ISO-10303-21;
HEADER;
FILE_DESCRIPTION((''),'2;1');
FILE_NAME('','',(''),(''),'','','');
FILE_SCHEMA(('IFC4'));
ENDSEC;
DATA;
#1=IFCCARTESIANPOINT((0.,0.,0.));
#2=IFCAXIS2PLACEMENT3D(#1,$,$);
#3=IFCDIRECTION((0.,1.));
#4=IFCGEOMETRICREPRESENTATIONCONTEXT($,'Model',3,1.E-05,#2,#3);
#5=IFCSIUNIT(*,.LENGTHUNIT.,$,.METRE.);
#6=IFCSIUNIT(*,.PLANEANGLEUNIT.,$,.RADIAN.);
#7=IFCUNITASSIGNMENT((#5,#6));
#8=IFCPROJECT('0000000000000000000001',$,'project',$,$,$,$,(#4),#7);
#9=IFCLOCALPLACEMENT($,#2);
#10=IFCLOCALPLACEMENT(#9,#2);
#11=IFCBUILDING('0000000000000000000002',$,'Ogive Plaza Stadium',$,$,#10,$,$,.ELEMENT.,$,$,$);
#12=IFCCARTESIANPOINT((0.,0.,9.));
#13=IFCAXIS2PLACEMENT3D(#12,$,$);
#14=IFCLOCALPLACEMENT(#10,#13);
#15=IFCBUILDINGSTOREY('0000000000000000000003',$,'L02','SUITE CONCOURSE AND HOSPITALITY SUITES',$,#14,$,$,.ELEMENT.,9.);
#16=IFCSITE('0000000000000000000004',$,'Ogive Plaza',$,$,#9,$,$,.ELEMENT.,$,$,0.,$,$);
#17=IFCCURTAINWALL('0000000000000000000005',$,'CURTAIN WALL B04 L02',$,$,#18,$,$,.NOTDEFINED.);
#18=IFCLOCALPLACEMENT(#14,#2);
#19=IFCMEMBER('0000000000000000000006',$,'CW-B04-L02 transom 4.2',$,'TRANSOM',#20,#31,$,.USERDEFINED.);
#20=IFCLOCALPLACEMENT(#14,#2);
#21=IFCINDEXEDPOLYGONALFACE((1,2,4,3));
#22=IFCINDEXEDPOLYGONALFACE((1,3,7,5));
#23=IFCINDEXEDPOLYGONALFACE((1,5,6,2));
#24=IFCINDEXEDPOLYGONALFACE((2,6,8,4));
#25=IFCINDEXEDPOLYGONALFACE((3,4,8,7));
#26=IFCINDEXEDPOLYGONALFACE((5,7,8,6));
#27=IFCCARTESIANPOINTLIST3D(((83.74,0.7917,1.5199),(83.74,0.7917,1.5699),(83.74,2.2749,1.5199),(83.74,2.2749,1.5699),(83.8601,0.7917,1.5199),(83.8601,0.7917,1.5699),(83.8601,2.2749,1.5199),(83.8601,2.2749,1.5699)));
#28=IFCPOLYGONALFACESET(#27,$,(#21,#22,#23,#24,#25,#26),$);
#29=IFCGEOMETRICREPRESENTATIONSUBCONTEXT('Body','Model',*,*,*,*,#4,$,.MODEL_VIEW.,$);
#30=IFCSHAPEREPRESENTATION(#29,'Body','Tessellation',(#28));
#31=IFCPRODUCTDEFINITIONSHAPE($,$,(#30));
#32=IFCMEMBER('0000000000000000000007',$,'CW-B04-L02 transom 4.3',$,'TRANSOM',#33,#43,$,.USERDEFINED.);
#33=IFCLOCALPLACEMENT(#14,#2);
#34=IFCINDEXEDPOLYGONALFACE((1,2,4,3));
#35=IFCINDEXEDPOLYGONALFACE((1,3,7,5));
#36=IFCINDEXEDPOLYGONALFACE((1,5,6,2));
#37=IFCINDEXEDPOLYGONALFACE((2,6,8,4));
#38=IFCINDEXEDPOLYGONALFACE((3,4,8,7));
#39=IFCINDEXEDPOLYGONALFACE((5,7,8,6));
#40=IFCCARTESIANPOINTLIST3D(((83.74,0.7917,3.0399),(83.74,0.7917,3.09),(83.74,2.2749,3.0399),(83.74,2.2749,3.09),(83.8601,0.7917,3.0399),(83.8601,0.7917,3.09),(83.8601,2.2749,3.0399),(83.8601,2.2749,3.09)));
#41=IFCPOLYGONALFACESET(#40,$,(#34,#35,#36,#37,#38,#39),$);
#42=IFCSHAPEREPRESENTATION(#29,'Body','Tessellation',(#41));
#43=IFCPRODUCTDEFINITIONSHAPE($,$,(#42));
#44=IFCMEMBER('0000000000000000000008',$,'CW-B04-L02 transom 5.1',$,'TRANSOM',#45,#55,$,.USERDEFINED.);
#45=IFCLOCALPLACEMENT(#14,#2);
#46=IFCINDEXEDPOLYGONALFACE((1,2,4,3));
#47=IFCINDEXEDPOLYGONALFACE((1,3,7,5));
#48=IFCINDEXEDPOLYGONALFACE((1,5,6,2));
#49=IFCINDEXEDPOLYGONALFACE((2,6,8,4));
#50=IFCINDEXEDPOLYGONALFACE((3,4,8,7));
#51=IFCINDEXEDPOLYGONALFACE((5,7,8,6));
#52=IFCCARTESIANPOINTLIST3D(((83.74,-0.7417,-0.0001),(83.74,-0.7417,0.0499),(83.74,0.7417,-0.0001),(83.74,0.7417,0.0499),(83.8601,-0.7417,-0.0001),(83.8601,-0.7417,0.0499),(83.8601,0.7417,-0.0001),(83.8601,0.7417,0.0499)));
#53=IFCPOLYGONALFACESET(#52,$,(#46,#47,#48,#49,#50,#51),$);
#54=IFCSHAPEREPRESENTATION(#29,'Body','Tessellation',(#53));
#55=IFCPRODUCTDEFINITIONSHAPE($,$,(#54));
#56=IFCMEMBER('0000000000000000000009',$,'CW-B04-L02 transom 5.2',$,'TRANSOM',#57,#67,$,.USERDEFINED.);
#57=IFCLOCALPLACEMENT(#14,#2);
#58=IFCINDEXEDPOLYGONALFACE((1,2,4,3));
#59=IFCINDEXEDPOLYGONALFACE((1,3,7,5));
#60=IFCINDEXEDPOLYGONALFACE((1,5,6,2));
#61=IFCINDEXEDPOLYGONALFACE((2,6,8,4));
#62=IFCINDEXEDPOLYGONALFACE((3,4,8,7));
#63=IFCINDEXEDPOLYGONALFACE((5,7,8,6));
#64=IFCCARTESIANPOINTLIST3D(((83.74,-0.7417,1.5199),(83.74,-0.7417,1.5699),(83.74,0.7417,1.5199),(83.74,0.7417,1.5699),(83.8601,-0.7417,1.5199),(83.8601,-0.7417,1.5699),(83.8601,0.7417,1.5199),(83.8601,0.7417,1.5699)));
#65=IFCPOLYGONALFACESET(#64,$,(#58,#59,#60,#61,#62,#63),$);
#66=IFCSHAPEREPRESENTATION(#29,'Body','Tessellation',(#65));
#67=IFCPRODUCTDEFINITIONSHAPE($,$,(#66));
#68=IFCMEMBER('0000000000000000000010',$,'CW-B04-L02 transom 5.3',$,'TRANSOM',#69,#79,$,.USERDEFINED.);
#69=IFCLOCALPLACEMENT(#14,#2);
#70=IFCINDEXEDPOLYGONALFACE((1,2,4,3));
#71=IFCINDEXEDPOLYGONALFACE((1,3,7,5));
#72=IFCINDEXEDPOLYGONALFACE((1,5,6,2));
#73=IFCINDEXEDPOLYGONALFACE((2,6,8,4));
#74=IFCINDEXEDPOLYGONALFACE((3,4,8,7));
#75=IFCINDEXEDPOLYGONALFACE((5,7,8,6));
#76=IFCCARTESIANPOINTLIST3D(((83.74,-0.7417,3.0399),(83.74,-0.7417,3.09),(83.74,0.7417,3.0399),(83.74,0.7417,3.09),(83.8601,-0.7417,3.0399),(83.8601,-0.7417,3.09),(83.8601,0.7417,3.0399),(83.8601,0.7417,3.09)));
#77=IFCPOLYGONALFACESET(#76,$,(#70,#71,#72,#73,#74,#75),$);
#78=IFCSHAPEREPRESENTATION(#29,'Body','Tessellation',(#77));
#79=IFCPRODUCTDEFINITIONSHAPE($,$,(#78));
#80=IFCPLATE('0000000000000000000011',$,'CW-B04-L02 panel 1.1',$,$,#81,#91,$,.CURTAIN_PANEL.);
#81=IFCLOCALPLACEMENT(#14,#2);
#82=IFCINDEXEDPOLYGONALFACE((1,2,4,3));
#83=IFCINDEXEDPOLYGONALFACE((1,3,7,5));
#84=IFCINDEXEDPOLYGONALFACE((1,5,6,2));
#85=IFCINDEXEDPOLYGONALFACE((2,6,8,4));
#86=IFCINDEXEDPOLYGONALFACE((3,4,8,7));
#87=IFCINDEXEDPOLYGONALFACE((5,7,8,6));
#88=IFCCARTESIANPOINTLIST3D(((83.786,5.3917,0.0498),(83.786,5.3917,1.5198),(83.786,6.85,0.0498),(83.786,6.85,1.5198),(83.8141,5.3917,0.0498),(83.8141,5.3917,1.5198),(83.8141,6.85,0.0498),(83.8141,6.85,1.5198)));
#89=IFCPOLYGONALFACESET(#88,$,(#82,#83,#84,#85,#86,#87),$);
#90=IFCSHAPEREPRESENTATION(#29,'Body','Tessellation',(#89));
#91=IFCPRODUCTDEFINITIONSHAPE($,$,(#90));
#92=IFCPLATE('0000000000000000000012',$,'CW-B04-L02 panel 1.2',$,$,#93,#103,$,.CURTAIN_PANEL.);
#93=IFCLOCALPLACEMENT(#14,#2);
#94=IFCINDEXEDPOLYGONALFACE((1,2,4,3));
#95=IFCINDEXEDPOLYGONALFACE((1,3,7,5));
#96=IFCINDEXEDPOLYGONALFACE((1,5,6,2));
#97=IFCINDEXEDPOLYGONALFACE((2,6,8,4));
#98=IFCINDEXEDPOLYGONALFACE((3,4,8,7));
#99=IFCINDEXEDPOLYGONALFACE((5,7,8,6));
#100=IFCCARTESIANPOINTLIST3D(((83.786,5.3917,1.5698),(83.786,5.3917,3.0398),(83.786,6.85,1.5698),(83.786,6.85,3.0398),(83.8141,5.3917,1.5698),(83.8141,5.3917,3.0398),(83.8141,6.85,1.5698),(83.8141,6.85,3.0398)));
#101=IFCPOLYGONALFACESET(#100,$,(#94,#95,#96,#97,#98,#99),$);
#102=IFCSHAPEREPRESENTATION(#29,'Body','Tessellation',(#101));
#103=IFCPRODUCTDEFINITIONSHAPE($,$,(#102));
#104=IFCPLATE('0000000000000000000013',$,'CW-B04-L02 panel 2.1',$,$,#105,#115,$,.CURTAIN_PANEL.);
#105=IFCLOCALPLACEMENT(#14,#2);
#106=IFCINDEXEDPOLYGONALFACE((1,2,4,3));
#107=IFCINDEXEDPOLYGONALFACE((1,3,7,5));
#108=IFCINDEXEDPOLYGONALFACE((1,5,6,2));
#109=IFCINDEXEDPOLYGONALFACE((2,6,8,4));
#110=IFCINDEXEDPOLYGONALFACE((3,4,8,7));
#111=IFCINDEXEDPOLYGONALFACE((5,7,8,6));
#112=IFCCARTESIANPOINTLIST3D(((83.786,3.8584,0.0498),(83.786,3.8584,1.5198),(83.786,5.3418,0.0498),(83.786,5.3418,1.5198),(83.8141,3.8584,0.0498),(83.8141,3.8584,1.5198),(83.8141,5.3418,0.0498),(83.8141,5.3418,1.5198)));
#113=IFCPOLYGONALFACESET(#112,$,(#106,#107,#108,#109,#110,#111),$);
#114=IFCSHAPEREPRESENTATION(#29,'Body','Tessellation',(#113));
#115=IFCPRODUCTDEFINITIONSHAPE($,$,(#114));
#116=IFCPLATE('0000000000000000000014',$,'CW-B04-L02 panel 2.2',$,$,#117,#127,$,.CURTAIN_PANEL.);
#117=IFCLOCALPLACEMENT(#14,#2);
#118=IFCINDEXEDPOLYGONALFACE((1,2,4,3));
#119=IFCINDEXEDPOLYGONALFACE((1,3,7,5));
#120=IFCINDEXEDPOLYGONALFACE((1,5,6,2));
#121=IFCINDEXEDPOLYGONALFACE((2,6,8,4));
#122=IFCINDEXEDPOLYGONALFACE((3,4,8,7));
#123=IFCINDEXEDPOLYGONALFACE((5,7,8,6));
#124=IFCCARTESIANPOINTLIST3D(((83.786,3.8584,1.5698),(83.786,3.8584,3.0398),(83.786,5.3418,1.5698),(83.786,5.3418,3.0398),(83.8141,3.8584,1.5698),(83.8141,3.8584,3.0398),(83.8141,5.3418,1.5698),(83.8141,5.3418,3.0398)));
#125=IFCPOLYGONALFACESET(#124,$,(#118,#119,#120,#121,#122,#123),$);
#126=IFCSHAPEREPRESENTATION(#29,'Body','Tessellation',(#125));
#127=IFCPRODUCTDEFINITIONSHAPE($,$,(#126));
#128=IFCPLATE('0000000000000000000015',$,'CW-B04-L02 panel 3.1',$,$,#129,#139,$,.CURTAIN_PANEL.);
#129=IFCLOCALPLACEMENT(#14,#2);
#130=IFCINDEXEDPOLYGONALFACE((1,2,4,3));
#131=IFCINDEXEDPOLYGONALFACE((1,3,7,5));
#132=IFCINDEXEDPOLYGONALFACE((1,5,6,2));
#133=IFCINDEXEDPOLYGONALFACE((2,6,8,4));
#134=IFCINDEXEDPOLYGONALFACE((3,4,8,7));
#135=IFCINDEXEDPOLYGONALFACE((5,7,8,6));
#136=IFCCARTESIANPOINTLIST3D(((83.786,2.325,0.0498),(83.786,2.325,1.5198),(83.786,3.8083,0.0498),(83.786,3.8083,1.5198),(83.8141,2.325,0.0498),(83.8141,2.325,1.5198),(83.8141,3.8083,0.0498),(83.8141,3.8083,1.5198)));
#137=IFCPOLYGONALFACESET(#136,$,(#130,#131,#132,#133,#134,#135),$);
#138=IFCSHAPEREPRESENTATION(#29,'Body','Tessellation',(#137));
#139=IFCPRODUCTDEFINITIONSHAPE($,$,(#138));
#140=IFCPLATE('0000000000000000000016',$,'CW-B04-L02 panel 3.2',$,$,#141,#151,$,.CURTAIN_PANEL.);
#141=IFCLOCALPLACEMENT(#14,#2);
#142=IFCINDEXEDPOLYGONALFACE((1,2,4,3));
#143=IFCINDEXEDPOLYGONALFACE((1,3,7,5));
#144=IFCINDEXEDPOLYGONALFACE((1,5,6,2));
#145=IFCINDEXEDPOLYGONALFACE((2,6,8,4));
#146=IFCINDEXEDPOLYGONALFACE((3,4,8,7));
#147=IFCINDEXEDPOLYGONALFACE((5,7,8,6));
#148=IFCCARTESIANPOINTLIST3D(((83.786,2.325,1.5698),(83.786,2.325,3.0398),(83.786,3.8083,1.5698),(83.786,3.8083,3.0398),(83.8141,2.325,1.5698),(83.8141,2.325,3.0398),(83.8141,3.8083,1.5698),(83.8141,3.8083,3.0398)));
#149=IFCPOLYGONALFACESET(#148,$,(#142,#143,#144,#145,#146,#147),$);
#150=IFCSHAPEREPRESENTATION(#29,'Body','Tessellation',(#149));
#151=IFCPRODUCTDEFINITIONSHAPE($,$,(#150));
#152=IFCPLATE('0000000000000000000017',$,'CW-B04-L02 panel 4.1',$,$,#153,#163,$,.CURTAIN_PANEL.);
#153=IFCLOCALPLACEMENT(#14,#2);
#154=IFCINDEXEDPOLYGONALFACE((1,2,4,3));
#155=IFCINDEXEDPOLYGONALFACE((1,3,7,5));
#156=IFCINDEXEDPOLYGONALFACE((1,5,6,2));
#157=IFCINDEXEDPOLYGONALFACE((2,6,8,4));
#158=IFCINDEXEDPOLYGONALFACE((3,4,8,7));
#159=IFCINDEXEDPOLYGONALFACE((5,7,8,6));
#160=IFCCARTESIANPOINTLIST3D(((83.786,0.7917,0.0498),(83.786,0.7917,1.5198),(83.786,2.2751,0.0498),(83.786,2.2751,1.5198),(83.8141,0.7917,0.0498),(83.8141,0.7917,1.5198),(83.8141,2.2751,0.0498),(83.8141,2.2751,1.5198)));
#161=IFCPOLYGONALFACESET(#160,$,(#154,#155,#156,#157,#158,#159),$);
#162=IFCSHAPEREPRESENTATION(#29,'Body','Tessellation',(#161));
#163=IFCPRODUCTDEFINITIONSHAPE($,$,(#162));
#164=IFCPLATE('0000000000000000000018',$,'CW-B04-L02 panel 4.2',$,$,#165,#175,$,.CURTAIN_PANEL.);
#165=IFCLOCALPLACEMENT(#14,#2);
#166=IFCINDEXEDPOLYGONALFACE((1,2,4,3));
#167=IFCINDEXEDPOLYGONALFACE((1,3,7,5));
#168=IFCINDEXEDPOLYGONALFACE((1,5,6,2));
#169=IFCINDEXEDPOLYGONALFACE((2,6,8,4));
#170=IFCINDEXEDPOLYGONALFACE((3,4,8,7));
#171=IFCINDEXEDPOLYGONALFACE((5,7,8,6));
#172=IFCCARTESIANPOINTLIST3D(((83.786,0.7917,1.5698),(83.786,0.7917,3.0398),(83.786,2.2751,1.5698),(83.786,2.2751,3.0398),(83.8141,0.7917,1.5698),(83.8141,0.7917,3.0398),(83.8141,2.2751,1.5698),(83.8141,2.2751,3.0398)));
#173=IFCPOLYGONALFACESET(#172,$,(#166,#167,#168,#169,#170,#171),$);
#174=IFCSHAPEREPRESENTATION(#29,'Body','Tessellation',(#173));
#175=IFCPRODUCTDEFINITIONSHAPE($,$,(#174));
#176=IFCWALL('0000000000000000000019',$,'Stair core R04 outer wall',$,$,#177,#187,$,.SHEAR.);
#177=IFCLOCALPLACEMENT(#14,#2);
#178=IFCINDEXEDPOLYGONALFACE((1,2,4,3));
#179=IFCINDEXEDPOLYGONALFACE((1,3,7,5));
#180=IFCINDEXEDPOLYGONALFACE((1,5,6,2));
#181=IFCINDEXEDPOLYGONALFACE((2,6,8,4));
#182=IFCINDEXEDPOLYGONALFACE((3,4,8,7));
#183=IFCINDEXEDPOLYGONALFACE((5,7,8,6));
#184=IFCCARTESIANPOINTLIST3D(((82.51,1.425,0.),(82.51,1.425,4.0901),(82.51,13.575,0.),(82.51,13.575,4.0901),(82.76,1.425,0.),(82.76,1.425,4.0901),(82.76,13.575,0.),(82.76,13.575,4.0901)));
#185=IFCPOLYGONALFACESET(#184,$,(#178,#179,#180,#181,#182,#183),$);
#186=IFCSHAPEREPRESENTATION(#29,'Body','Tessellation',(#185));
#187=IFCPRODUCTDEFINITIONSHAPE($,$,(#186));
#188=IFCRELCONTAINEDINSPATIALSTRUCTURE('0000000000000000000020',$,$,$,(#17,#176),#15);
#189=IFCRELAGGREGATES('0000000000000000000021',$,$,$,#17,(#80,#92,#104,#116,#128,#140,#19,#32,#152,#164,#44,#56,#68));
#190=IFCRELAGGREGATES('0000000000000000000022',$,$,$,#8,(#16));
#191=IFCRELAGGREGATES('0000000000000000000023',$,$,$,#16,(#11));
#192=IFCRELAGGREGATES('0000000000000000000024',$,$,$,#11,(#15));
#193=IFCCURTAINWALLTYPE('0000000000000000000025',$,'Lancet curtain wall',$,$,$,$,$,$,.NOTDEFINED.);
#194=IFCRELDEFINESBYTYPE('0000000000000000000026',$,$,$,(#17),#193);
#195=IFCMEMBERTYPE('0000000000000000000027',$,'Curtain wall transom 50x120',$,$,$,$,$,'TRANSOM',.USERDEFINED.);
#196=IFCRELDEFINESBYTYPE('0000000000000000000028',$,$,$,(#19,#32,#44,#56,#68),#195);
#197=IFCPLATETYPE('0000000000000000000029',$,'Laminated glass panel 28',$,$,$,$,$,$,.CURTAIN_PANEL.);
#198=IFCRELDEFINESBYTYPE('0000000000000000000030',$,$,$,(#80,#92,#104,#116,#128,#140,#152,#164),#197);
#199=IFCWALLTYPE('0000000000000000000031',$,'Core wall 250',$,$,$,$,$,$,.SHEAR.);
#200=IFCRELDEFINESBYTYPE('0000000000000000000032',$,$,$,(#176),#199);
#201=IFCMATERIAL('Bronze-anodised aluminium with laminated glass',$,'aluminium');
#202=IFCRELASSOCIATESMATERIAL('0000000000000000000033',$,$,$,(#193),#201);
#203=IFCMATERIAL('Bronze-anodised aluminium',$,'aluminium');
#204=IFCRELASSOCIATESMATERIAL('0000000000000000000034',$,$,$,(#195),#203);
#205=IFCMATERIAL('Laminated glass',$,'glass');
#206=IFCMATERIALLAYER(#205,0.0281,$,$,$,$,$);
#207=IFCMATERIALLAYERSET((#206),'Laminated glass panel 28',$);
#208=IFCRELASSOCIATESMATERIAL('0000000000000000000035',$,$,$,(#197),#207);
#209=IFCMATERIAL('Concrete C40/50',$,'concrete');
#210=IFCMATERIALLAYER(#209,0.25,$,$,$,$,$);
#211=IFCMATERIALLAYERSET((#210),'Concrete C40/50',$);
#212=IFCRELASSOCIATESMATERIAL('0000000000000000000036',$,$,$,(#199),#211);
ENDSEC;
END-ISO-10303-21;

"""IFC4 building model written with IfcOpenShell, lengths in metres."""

from ifc_helpers import new_model, si_unit, direction, frame, frame_2d, origin, origin_2d, place, context, subcontext, project, spatial, rectangle, extrude, material, layer, layer_set, material_profile, profile_set, type_object, element, aggregate, save


model = new_model("IFC4")

# Units and contexts
model_context = context("Model", 3, precision=1e-05, world=origin(), true_north=direction((0.0, 1.0)))
body_context = subcontext(model_context, "Body", "Model", "MODEL_VIEW")
ifc_project = project(units=[si_unit("LENGTHUNIT", "METRE"), si_unit("PLANEANGLEUNIT", "RADIAN")], contexts=[model_context])

# Site, building, storey
site_placement = place(None, origin())
site = spatial("IfcSite", under=ifc_project, at=site_placement, Name="Ogive Plaza", CompositionType="ELEMENT", RefElevation=0.0)
building_placement = place(site_placement, origin())
building = spatial("IfcBuilding", under=site, at=building_placement, Name="Ogive Plaza Stadium", CompositionType="ELEMENT")
storey_placement = place(building_placement, frame((0.0, 0.0, 9.0)))
storey = spatial("IfcBuildingStorey", under=building, at=storey_placement, Name="L02", Description="SUITE CONCOURSE AND HOSPITALITY SUITES", CompositionType="ELEMENT", Elevation=9.0)

# Curtain wall, members, plates
ifc_material_1 = material(Name="Bronze-anodised aluminium with laminated glass", Category="aluminium")
curtain_wall_type = type_object("IfcCurtainWallType", Name="Lancet curtain wall", PredefinedType="NOTDEFINED", material=ifc_material_1)
curtain_wall_placement = place(storey_placement, origin())
curtain_wall = element("IfcCurtainWall", 1, at=curtain_wall_placement, inside=storey, type_object=curtain_wall_type, Name="CURTAIN WALL B04 L02", PredefinedType="NOTDEFINED")
ifc_material_2 = material(Name="Bronze-anodised aluminium", Category="aluminium")
ifc_material_profile_1 = material_profile(ifc_material_2, rectangle(XDim=0.1201, YDim=0.05, at=origin_2d()), Name="AL 120x50")
ifc_profile_set_1 = profile_set([ifc_material_profile_1], Name="Bronze-anodised aluminium")
member_type_1 = type_object("IfcMemberType", Name="Curtain wall transom 50x120", ElementType="TRANSOM", PredefinedType="USERDEFINED", material=ifc_profile_set_1)
member_1_placement = place(storey_placement, frame((83.8, 2.2749, 1.5449), z_axis=(0.0, -1.0, 0.0), x_axis=(1.0, 0.0, 0.0)))
member_1 = element("IfcMember", 2, at=member_1_placement, type_object=member_type_1, Name="CW-B04-L02 transom 4.2", ObjectType="TRANSOM", PredefinedType="USERDEFINED", context=body_context, shape_type="SweptSolid", body=[
    extrude(rectangle(XDim=0.1201, YDim=0.05, at=origin_2d()), origin(), (0.0, 0.0, 1.0), 1.4832),
])
member_2_placement = place(storey_placement, frame((83.8, 2.2749, 3.0649), z_axis=(0.0, -1.0, 0.0), x_axis=(1.0, 0.0, 0.0)))
member_2 = element("IfcMember", 3, at=member_2_placement, type_object=member_type_1, Name="CW-B04-L02 transom 4.3", ObjectType="TRANSOM", PredefinedType="USERDEFINED", context=body_context, shape_type="SweptSolid", body=[
    extrude(rectangle(XDim=0.1201, YDim=0.05, at=origin_2d()), origin(), (0.0, 0.0, 1.0), 1.4832),
])
member_3_placement = place(storey_placement, frame((83.8, 0.7417, 0.0249), z_axis=(0.0, -1.0, 0.0), x_axis=(1.0, 0.0, 0.0)))
member_3 = element("IfcMember", 4, at=member_3_placement, type_object=member_type_1, Name="CW-B04-L02 transom 5.1", ObjectType="TRANSOM", PredefinedType="USERDEFINED", context=body_context, shape_type="SweptSolid", body=[
    extrude(rectangle(XDim=0.1201, YDim=0.05, at=origin_2d()), origin(), (0.0, 0.0, 1.0), 1.4834),
])
member_4_placement = place(storey_placement, frame((83.8, 0.7417, 1.5449), z_axis=(0.0, -1.0, 0.0), x_axis=(1.0, 0.0, 0.0)))
member_4 = element("IfcMember", 5, at=member_4_placement, type_object=member_type_1, Name="CW-B04-L02 transom 5.2", ObjectType="TRANSOM", PredefinedType="USERDEFINED", context=body_context, shape_type="SweptSolid", body=[
    extrude(rectangle(XDim=0.1201, YDim=0.05, at=origin_2d()), origin(), (0.0, 0.0, 1.0), 1.4834),
])
member_5_placement = place(storey_placement, frame((83.8, 0.7417, 3.0649), z_axis=(0.0, -1.0, 0.0), x_axis=(1.0, 0.0, 0.0)))
member_5 = element("IfcMember", 6, at=member_5_placement, type_object=member_type_1, Name="CW-B04-L02 transom 5.3", ObjectType="TRANSOM", PredefinedType="USERDEFINED", context=body_context, shape_type="SweptSolid", body=[
    extrude(rectangle(XDim=0.1201, YDim=0.05, at=origin_2d()), origin(), (0.0, 0.0, 1.0), 1.4834),
])
ifc_material_3 = material(Name="Laminated glass", Category="glass")
ifc_layer_1 = layer(ifc_material_3, 0.0281)
ifc_layer_set_1 = layer_set([ifc_layer_1], Name="Laminated glass panel 28")
plate_type = type_object("IfcPlateType", Name="Laminated glass panel 28", PredefinedType="CURTAIN_PANEL", material=ifc_layer_set_1)
plate_1_placement = place(storey_placement, frame((83.8, 6.1208, 0.0498), z_axis=(0.0, 0.0, 1.0), x_axis=(0.0, -1.0, 0.0)))
plate_1 = element("IfcPlate", 7, at=plate_1_placement, type_object=plate_type, Name="CW-B04-L02 panel 1.1", PredefinedType="CURTAIN_PANEL", context=body_context, shape_type="SweptSolid", body=[
    extrude(rectangle(XDim=1.4583, YDim=0.0281, at=origin_2d()), origin(), (0.0, 0.0, 1.0), 1.47),
])
plate_2_placement = place(storey_placement, frame((83.8, 6.1208, 1.5698), z_axis=(0.0, 0.0, 1.0), x_axis=(0.0, -1.0, 0.0)))
plate_2 = element("IfcPlate", 8, at=plate_2_placement, type_object=plate_type, Name="CW-B04-L02 panel 1.2", PredefinedType="CURTAIN_PANEL", context=body_context, shape_type="SweptSolid", body=[
    extrude(rectangle(XDim=1.4583, YDim=0.0281, at=origin_2d()), origin(), (0.0, 0.0, 1.0), 1.47),
])
plate_3_placement = place(storey_placement, frame((83.8, 4.6001, 0.0498), z_axis=(0.0, 0.0, 1.0), x_axis=(0.0, -1.0, 0.0)))
plate_3 = element("IfcPlate", 9, at=plate_3_placement, type_object=plate_type, Name="CW-B04-L02 panel 2.1", PredefinedType="CURTAIN_PANEL", context=body_context, shape_type="SweptSolid", body=[
    extrude(rectangle(XDim=1.4834, YDim=0.0281, at=origin_2d()), origin(), (0.0, 0.0, 1.0), 1.47),
])
plate_4_placement = place(storey_placement, frame((83.8, 4.6001, 1.5698), z_axis=(0.0, 0.0, 1.0), x_axis=(0.0, -1.0, 0.0)))
plate_4 = element("IfcPlate", 10, at=plate_4_placement, type_object=plate_type, Name="CW-B04-L02 panel 2.2", PredefinedType="CURTAIN_PANEL", context=body_context, shape_type="SweptSolid", body=[
    extrude(rectangle(XDim=1.4834, YDim=0.0281, at=origin_2d()), origin(), (0.0, 0.0, 1.0), 1.47),
])
plate_5_placement = place(storey_placement, frame((83.8, 3.0667, 0.0498), z_axis=(0.0, 0.0, 1.0), x_axis=(0.0, -1.0, 0.0)))
plate_5 = element("IfcPlate", 11, at=plate_5_placement, type_object=plate_type, Name="CW-B04-L02 panel 3.1", PredefinedType="CURTAIN_PANEL", context=body_context, shape_type="SweptSolid", body=[
    extrude(rectangle(XDim=1.4834, YDim=0.0281, at=origin_2d()), origin(), (0.0, 0.0, 1.0), 1.47),
])
plate_6_placement = place(storey_placement, frame((83.8, 3.0667, 1.5698), z_axis=(0.0, 0.0, 1.0), x_axis=(0.0, -1.0, 0.0)))
plate_6 = element("IfcPlate", 12, at=plate_6_placement, type_object=plate_type, Name="CW-B04-L02 panel 3.2", PredefinedType="CURTAIN_PANEL", context=body_context, shape_type="SweptSolid", body=[
    extrude(rectangle(XDim=1.4834, YDim=0.0281, at=origin_2d()), origin(), (0.0, 0.0, 1.0), 1.47),
])
plate_7_placement = place(storey_placement, frame((83.8, 1.5334, 0.0498), z_axis=(0.0, 0.0, 1.0), x_axis=(0.0, -1.0, 0.0)))
plate_7 = element("IfcPlate", 13, at=plate_7_placement, type_object=plate_type, Name="CW-B04-L02 panel 4.1", PredefinedType="CURTAIN_PANEL", context=body_context, shape_type="SweptSolid", body=[
    extrude(rectangle(XDim=1.4834, YDim=0.0281, at=origin_2d()), origin(), (0.0, 0.0, 1.0), 1.47),
])
plate_8_placement = place(storey_placement, frame((83.8, 1.5334, 1.5698), z_axis=(0.0, 0.0, 1.0), x_axis=(0.0, -1.0, 0.0)))
plate_8 = element("IfcPlate", 14, at=plate_8_placement, type_object=plate_type, Name="CW-B04-L02 panel 4.2", PredefinedType="CURTAIN_PANEL", context=body_context, shape_type="SweptSolid", body=[
    extrude(rectangle(XDim=1.4834, YDim=0.0281, at=origin_2d()), origin(), (0.0, 0.0, 1.0), 1.47),
])
aggregate(curtain_wall, [plate_1, plate_2, plate_3, plate_4, plate_5, plate_6, member_1, member_2, plate_7, plate_8, member_3, member_4, member_5])

# Wall
ifc_material_4 = material(Name="Concrete C40/50", Category="concrete")
ifc_layer_2 = layer(ifc_material_4, 0.25)
ifc_layer_set_2 = layer_set([ifc_layer_2], Name="Concrete C40/50")
wall_type = type_object("IfcWallType", Name="Core wall 250", PredefinedType="SHEAR", material=ifc_layer_set_2)
wall_placement = place(storey_placement, frame((82.635, 1.425, 0.0), z_axis=(0.0, 0.0, 1.0), x_axis=(0.0, 1.0, 0.0)))
element("IfcWall", 15, at=wall_placement, inside=storey, type_object=wall_type, Name="Stair core R04 outer wall", PredefinedType="SHEAR", context=body_context, shape_type="SweptSolid", body=[
    extrude(rectangle(XDim=12.1499, YDim=0.25, at=frame_2d((6.075, 0.0))), origin(), (0.0, 0.0, 1.0), 4.0901),
])

save(model, "model.ifc")
